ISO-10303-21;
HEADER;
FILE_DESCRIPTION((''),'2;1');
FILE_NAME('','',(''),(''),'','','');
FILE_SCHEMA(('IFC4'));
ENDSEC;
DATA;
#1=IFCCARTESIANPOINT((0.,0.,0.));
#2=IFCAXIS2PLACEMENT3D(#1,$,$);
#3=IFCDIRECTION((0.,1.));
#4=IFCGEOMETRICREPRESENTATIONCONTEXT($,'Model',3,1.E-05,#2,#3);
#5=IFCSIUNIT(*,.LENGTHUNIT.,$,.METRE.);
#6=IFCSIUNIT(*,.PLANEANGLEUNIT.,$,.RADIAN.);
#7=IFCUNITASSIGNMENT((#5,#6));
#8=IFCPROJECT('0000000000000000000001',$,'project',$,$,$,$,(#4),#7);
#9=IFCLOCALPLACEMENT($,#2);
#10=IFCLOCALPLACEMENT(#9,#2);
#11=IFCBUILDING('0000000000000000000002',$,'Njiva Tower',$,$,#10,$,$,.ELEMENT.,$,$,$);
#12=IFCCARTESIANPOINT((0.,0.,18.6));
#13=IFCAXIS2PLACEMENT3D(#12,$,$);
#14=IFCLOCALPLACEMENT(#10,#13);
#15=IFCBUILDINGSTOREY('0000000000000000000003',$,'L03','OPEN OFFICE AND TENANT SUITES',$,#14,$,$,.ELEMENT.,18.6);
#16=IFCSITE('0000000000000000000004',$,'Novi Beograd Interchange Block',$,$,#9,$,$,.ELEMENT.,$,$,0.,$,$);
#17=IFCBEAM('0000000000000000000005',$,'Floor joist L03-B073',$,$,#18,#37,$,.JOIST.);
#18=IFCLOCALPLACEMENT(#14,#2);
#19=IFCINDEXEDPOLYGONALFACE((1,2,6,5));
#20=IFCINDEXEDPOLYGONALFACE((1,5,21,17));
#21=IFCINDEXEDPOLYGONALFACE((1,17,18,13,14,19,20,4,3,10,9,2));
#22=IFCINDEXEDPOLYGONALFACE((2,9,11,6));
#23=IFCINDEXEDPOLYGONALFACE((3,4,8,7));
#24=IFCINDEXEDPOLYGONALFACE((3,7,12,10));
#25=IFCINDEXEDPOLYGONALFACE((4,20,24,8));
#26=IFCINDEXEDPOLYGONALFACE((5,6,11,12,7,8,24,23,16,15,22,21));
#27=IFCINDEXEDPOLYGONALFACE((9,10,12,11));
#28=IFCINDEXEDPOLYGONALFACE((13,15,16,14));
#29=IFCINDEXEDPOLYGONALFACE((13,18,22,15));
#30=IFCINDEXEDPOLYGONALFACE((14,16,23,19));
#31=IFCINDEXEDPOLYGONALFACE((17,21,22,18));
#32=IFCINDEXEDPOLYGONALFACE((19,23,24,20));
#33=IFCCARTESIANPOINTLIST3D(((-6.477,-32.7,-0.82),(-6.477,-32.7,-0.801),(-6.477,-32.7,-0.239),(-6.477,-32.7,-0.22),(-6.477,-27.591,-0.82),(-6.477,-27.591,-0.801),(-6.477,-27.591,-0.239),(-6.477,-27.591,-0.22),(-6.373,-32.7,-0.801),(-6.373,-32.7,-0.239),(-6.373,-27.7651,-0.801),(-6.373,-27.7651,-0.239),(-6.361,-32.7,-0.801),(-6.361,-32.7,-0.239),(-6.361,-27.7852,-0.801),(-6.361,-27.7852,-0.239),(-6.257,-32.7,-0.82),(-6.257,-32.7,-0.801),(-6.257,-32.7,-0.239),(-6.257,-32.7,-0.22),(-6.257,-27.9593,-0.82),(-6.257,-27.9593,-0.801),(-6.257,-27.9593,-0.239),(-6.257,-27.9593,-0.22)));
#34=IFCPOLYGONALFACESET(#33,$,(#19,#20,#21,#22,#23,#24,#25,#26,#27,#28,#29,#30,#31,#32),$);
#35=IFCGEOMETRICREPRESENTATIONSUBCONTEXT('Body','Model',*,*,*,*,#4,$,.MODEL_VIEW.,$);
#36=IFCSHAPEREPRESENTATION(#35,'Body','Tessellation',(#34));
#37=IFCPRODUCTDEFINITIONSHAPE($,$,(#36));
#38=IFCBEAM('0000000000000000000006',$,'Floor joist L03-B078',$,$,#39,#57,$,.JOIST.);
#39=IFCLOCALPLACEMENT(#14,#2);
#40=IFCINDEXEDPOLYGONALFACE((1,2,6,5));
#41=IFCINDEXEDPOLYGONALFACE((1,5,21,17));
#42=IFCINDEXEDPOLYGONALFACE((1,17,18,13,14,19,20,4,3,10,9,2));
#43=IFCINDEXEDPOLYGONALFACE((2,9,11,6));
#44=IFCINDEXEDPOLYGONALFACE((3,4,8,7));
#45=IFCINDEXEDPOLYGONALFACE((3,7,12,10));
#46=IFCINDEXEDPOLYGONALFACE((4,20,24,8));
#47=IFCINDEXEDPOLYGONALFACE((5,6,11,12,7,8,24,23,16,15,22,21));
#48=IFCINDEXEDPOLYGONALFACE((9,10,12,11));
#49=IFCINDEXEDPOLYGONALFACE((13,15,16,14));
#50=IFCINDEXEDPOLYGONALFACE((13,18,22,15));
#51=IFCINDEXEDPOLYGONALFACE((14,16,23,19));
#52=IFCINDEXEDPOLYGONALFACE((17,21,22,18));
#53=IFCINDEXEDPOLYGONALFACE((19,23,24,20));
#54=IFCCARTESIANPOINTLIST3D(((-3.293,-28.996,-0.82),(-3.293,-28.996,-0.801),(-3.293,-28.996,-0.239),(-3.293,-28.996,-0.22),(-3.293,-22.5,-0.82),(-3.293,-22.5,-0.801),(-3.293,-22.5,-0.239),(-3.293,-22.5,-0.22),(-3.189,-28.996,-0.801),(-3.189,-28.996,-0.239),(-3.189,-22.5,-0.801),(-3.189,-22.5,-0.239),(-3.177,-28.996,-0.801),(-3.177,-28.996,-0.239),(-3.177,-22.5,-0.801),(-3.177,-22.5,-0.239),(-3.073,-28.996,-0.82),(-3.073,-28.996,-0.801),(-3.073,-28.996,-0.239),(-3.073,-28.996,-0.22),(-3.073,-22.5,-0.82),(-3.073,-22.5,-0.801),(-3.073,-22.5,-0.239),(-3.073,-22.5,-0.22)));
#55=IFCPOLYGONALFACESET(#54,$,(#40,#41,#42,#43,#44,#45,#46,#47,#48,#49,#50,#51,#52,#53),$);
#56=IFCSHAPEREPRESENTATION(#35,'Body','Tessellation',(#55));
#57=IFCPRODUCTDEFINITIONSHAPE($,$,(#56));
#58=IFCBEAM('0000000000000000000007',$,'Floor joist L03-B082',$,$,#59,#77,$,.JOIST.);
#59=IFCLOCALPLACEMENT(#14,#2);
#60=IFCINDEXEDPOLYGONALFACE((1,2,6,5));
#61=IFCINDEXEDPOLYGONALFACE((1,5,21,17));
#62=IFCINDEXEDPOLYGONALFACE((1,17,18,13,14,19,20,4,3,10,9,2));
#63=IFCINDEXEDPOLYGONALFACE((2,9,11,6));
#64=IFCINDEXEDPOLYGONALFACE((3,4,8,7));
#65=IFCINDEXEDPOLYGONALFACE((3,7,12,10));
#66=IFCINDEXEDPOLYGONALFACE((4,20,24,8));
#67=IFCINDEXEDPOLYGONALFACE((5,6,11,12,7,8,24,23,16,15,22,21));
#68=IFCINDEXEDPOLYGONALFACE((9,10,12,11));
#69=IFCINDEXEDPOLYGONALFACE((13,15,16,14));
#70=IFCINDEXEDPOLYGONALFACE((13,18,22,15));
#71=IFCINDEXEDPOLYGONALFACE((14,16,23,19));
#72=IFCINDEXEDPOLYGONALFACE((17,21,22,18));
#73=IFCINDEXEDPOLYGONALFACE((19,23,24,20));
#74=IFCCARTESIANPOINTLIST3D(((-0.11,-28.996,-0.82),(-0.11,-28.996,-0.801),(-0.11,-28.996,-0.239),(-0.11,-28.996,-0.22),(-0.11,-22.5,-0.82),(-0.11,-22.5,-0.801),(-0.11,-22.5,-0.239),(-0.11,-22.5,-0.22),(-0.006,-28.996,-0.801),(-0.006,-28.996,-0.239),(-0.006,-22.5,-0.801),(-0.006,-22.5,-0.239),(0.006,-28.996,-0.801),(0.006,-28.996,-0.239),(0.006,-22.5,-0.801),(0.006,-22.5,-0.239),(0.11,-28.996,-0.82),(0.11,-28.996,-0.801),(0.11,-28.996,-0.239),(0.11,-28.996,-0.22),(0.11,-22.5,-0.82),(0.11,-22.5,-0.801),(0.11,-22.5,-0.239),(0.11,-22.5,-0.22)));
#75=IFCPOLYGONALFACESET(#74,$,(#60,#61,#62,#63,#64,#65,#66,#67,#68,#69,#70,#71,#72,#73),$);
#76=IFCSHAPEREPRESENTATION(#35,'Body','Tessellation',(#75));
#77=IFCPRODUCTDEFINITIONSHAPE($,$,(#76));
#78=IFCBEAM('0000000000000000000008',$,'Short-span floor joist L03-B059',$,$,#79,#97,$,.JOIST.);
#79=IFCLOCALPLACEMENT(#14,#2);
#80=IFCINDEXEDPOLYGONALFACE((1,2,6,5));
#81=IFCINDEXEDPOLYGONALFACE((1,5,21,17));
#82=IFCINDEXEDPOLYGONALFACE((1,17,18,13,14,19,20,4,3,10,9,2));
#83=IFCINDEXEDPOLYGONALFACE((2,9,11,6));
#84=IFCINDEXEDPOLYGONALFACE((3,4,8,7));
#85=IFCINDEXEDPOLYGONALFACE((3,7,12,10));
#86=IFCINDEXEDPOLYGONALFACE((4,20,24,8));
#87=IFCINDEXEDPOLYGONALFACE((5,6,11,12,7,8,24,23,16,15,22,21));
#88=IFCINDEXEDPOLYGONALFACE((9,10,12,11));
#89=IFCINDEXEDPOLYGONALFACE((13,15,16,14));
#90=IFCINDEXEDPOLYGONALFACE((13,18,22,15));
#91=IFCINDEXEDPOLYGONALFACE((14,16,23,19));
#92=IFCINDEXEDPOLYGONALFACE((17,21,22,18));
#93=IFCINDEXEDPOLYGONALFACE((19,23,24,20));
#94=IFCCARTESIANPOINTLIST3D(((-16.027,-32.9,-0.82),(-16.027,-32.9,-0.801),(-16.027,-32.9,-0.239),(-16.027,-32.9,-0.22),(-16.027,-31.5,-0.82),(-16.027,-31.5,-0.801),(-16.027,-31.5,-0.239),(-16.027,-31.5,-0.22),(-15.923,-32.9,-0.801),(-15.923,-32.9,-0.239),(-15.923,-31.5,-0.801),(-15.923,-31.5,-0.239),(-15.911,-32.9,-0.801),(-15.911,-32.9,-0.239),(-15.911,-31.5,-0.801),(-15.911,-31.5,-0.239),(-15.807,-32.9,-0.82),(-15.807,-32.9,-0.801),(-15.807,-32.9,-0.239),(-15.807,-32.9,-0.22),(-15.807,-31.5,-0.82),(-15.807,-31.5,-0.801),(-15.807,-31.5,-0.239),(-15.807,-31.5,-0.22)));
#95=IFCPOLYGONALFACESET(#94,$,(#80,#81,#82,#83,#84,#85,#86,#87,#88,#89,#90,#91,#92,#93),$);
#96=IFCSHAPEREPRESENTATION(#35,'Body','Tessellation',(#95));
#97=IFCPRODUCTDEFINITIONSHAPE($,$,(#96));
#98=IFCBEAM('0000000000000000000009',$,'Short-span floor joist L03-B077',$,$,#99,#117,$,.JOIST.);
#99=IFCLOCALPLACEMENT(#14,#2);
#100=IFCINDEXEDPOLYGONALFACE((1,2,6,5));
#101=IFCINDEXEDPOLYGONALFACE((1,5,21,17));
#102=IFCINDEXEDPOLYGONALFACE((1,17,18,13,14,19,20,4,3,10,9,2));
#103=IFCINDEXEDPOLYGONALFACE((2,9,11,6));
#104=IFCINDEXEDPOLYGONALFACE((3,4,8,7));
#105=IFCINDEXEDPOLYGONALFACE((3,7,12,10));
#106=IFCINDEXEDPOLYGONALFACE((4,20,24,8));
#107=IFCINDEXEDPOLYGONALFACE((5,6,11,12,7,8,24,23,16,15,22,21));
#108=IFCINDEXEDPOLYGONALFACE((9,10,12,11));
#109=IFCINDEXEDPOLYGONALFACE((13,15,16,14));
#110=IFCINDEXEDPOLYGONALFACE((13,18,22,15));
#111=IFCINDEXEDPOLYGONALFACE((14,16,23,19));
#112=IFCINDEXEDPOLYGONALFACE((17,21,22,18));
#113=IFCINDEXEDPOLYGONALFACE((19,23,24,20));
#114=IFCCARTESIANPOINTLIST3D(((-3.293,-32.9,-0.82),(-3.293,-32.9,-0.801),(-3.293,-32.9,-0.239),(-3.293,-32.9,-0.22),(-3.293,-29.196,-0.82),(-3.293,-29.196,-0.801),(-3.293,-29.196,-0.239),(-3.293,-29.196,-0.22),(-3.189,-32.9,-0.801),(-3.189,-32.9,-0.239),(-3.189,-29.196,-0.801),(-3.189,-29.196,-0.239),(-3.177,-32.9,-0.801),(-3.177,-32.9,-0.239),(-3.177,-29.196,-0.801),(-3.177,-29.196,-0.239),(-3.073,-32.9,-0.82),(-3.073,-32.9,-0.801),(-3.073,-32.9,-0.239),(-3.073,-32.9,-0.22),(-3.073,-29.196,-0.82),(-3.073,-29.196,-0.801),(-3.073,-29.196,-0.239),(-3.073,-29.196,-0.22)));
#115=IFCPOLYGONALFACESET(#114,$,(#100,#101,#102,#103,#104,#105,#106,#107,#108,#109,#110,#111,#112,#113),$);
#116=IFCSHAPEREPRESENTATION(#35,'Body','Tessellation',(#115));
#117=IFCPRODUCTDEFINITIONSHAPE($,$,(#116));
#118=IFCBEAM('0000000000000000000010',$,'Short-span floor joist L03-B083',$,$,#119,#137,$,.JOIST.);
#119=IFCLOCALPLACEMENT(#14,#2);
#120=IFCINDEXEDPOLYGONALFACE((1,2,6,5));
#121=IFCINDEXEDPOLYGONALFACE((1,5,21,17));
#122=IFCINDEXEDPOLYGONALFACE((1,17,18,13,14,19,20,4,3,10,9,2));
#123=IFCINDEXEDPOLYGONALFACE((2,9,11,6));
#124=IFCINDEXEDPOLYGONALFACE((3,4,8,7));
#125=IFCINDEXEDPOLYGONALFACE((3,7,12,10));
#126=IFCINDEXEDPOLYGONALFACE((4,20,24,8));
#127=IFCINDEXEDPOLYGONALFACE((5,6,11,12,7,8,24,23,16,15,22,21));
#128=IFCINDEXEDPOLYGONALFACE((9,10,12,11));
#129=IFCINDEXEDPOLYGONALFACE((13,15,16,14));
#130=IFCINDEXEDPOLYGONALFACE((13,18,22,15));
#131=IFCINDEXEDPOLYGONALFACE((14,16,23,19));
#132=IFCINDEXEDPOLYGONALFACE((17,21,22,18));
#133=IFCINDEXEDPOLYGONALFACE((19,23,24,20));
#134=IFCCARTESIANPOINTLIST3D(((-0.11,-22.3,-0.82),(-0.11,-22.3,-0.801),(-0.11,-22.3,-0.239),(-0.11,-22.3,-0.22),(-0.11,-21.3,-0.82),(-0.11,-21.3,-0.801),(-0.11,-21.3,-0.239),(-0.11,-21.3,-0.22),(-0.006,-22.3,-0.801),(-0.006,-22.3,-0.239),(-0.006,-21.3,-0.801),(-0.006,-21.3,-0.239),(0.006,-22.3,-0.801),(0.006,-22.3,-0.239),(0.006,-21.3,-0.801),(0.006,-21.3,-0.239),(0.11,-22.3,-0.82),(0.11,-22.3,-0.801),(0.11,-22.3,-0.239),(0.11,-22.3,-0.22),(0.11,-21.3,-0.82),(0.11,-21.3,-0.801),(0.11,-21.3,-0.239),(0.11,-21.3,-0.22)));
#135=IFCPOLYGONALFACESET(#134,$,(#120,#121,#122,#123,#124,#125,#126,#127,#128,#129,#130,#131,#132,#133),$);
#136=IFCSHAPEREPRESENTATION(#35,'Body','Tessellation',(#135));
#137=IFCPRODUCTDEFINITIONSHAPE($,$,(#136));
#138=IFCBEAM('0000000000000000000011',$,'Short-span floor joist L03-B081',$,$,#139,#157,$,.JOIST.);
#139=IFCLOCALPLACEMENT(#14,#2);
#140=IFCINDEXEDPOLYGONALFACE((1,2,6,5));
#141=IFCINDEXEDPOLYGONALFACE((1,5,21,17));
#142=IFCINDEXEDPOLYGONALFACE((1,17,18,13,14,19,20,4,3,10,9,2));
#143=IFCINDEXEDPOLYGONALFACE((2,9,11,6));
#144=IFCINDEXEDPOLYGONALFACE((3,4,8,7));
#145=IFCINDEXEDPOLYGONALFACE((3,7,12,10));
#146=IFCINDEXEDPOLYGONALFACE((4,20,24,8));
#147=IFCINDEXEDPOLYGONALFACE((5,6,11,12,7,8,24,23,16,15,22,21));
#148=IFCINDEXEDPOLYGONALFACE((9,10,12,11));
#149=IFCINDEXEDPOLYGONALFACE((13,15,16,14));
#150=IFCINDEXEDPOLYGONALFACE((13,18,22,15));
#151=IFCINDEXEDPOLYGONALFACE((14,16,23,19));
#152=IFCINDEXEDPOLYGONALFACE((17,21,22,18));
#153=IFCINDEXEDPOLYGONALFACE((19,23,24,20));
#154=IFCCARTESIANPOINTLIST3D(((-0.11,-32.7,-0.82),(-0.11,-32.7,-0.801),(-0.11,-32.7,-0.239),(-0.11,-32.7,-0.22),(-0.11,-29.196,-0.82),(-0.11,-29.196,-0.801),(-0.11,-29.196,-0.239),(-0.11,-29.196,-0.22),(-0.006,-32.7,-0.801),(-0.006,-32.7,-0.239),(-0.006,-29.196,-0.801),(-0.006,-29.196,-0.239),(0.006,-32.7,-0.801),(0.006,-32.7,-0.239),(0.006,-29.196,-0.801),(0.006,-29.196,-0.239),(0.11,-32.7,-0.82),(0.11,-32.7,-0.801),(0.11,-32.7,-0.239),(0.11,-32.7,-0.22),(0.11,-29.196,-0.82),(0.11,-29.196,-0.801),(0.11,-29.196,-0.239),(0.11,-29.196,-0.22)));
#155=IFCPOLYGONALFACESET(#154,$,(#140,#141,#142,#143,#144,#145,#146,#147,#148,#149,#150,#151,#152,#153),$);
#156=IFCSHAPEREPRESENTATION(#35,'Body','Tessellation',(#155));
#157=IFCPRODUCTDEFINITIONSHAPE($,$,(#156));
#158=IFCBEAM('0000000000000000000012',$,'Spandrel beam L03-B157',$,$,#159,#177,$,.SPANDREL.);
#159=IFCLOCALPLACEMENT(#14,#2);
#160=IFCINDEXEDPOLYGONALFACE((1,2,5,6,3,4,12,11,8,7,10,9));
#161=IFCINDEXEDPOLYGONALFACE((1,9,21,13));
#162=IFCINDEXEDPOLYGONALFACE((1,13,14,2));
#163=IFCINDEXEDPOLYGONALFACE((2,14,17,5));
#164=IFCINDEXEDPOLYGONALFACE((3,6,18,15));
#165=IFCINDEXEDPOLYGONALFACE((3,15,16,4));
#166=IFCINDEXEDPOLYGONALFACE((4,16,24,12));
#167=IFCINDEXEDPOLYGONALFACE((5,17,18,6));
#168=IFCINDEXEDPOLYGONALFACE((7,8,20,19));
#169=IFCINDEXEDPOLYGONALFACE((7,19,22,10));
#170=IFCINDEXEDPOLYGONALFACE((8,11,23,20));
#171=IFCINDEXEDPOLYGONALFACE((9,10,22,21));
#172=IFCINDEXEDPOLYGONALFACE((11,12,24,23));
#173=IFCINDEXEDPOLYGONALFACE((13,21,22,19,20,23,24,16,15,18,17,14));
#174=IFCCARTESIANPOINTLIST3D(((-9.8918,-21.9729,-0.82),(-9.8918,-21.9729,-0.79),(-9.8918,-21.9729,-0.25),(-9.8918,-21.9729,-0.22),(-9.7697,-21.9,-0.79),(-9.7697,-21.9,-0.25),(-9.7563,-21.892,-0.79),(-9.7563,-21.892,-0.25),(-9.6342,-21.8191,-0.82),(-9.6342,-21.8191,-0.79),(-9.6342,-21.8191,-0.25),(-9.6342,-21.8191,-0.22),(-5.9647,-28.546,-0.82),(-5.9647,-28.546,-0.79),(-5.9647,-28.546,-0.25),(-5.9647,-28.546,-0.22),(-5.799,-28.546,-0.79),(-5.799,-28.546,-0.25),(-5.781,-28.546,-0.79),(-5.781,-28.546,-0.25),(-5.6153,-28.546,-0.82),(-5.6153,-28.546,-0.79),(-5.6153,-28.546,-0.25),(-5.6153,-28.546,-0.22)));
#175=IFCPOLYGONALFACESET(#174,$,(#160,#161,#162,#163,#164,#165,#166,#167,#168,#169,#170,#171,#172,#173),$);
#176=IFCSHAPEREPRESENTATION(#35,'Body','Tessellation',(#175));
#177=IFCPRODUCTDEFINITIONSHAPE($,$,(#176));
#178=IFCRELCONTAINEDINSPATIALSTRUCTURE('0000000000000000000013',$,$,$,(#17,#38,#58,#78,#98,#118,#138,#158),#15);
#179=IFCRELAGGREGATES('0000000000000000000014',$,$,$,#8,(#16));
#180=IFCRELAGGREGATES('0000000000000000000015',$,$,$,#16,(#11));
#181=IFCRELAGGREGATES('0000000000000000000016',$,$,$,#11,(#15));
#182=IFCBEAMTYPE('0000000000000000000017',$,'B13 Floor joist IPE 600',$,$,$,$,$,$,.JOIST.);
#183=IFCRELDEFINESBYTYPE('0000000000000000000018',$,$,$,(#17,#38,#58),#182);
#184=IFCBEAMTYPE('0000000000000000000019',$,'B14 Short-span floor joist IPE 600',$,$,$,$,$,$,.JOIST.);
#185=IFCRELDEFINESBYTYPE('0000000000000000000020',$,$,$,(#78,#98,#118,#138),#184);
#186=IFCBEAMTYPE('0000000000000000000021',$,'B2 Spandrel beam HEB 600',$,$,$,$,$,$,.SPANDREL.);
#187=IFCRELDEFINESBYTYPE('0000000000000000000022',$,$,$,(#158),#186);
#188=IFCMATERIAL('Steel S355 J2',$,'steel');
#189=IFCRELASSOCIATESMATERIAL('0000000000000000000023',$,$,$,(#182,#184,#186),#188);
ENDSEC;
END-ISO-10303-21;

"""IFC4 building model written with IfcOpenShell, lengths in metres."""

from ifc_helpers import new_model, si_unit, direction, frame, origin, origin_2d, place, context, subcontext, project, spatial, i_section, extrude, clip, halfspace, material, material_profile, profile_set, type_object, element, save


model = new_model("IFC4")

# Units and contexts
model_context = context("Model", 3, precision=1e-05, world=origin(), true_north=direction((0.0, 1.0)))
body_context = subcontext(model_context, "Body", "Model", "MODEL_VIEW")
ifc_project = project(units=[si_unit("LENGTHUNIT", "METRE"), si_unit("PLANEANGLEUNIT", "RADIAN")], contexts=[model_context])

# Site, building, storey
site_placement = place(None, origin())
site = spatial("IfcSite", under=ifc_project, at=site_placement, Name="Novi Beograd Interchange Block", CompositionType="ELEMENT", RefElevation=0.0)
building_placement = place(site_placement, origin())
building = spatial("IfcBuilding", under=site, at=building_placement, Name="Njiva Tower", CompositionType="ELEMENT")
storey_placement = place(building_placement, frame((0.0, 0.0, 18.6)))
storey = spatial("IfcBuildingStorey", under=building, at=storey_placement, Name="L03", Description="OPEN OFFICE AND TENANT SUITES", CompositionType="ELEMENT", Elevation=18.6)

# Shared definitions
ifc_material_1 = material(Name="Steel S355 J2", Category="steel")

# Beams
ifc_material_profile_1 = material_profile(ifc_material_1, i_section(OverallWidth=0.22, OverallDepth=0.6, WebThickness=0.012, FlangeThickness=0.019, at=origin_2d()), Name="IPE 600")
ifc_profile_set_1 = profile_set([ifc_material_profile_1], Name="Steel S355 J2")
beam_type_1 = type_object("IfcBeamType", Name="B13 Floor joist IPE 600", PredefinedType="JOIST", material=ifc_profile_set_1)
beam_1_placement = place(storey_placement, frame((-6.367, -27.572, -0.52), z_axis=(0.0, -1.0, 0.0), x_axis=(1.0, 0.0, 0.0)))
element("IfcBeam", 1, at=beam_1_placement, inside=storey, type_object=beam_type_1, Name="Floor joist L03-B073", PredefinedType="JOIST", context=body_context, shape_type="Clipping", body=[
    clip(extrude(i_section(OverallWidth=0.22, OverallDepth=0.6, WebThickness=0.012, FlangeThickness=0.019, at=origin_2d()), origin(), (0.0, 0.0, 1.0), 5.128), halfspace(frame((0.0433, 0.0, 0.2756), z_axis=(0.858483, 0.0, -0.512842), x_axis=(0.0, -1.0, 0.0)), False)),
])
for number, where, z_axis, x_axis, name in (
    (2, (-3.183, -22.5, -0.52), (0.0, -1.0, 0.0), (1.0, 0.0, 0.0), "Floor joist L03-B078"),
    (3, (0.0, -22.5, -0.52), (0.0, -1.0, 0.0), (1.0, 0.0, 0.0), "Floor joist L03-B082"),
):
    element("IfcBeam", number, at=place(storey_placement, frame(where, z_axis=z_axis, x_axis=x_axis)), inside=storey, type_object=beam_type_1, Name=name, PredefinedType="JOIST", context=body_context, shape_type="SweptSolid", body=[
        extrude(i_section(OverallWidth=0.22, OverallDepth=0.6, WebThickness=0.012, FlangeThickness=0.019, at=origin_2d()), origin(), (0.0, 0.0, 1.0), 6.496),
    ])
ifc_material_profile_2 = material_profile(ifc_material_1, i_section(OverallWidth=0.22, OverallDepth=0.6, WebThickness=0.012, FlangeThickness=0.019, at=origin_2d()), Name="IPE 600")
ifc_profile_set_2 = profile_set([ifc_material_profile_2], Name="Steel S355 J2")
beam_type_2 = type_object("IfcBeamType", Name="B14 Short-span floor joist IPE 600", PredefinedType="JOIST", material=ifc_profile_set_2)
beam_2_placement = place(storey_placement, frame((-15.917, -31.5, -0.52), z_axis=(0.0, -1.0, 0.0), x_axis=(1.0, 0.0, 0.0)))
element("IfcBeam", 4, at=beam_2_placement, inside=storey, type_object=beam_type_2, Name="Short-span floor joist L03-B059", PredefinedType="JOIST", context=body_context, shape_type="SweptSolid", body=[
    extrude(i_section(OverallWidth=0.22, OverallDepth=0.6, WebThickness=0.012, FlangeThickness=0.019, at=origin_2d()), origin(), (0.0, 0.0, 1.0), 1.4),
])
beam_3_placement = place(storey_placement, frame((-3.183, -29.196, -0.52), z_axis=(0.0, -1.0, 0.0), x_axis=(1.0, 0.0, 0.0)))
element("IfcBeam", 5, at=beam_3_placement, inside=storey, type_object=beam_type_2, Name="Short-span floor joist L03-B077", PredefinedType="JOIST", context=body_context, shape_type="SweptSolid", body=[
    extrude(i_section(OverallWidth=0.22, OverallDepth=0.6, WebThickness=0.012, FlangeThickness=0.019, at=origin_2d()), origin(), (0.0, 0.0, 1.0), 3.704),
])
beam_4_placement = place(storey_placement, frame((0.0, -21.3, -0.52), z_axis=(0.0, -1.0, 0.0), x_axis=(1.0, 0.0, 0.0)))
element("IfcBeam", 6, at=beam_4_placement, inside=storey, type_object=beam_type_2, Name="Short-span floor joist L03-B083", PredefinedType="JOIST", context=body_context, shape_type="SweptSolid", body=[
    extrude(i_section(OverallWidth=0.22, OverallDepth=0.6, WebThickness=0.012, FlangeThickness=0.019, at=origin_2d()), origin(), (0.0, 0.0, 1.0), 1.0),
])
beam_5_placement = place(storey_placement, frame((0.0, -29.196, -0.52), z_axis=(0.0, -1.0, 0.0), x_axis=(1.0, 0.0, 0.0)))
element("IfcBeam", 7, at=beam_5_placement, inside=storey, type_object=beam_type_2, Name="Short-span floor joist L03-B081", PredefinedType="JOIST", context=body_context, shape_type="SweptSolid", body=[
    extrude(i_section(OverallWidth=0.22, OverallDepth=0.6, WebThickness=0.012, FlangeThickness=0.019, at=origin_2d()), origin(), (0.0, 0.0, 1.0), 3.504),
])
ifc_material_profile_3 = material_profile(ifc_material_1, i_section(OverallWidth=0.3, OverallDepth=0.6, WebThickness=0.0155, FlangeThickness=0.03, at=origin_2d()), Name="HEB 600")
ifc_profile_set_3 = profile_set([ifc_material_profile_3], Name="Steel S355 J2")
beam_type_3 = type_object("IfcBeamType", Name="B2 Spandrel beam HEB 600", PredefinedType="SPANDREL", material=ifc_profile_set_3)
beam_6_placement = place(storey_placement, frame((-9.763, -21.896, -0.52), z_axis=(0.512881, -0.85846, 0.0), x_axis=(0.85846, 0.512881, 0.0)))
element("IfcBeam", 8, at=beam_6_placement, inside=storey, type_object=beam_type_3, Name="Spandrel beam L03-B157", PredefinedType="SPANDREL", context=body_context, shape_type="Clipping", body=[
    clip(extrude(i_section(OverallWidth=0.3, OverallDepth=0.6, WebThickness=0.0155, FlangeThickness=0.03, at=origin_2d()), origin(), (0.0, 0.0, 1.0), 7.8564), halfspace(frame((-0.0257, 0.0, 7.7311), z_axis=(-0.512881, 0.0, 0.85846), x_axis=(0.0, 1.0, 0.0)), False)),
])

save(model, "model.ifc")
